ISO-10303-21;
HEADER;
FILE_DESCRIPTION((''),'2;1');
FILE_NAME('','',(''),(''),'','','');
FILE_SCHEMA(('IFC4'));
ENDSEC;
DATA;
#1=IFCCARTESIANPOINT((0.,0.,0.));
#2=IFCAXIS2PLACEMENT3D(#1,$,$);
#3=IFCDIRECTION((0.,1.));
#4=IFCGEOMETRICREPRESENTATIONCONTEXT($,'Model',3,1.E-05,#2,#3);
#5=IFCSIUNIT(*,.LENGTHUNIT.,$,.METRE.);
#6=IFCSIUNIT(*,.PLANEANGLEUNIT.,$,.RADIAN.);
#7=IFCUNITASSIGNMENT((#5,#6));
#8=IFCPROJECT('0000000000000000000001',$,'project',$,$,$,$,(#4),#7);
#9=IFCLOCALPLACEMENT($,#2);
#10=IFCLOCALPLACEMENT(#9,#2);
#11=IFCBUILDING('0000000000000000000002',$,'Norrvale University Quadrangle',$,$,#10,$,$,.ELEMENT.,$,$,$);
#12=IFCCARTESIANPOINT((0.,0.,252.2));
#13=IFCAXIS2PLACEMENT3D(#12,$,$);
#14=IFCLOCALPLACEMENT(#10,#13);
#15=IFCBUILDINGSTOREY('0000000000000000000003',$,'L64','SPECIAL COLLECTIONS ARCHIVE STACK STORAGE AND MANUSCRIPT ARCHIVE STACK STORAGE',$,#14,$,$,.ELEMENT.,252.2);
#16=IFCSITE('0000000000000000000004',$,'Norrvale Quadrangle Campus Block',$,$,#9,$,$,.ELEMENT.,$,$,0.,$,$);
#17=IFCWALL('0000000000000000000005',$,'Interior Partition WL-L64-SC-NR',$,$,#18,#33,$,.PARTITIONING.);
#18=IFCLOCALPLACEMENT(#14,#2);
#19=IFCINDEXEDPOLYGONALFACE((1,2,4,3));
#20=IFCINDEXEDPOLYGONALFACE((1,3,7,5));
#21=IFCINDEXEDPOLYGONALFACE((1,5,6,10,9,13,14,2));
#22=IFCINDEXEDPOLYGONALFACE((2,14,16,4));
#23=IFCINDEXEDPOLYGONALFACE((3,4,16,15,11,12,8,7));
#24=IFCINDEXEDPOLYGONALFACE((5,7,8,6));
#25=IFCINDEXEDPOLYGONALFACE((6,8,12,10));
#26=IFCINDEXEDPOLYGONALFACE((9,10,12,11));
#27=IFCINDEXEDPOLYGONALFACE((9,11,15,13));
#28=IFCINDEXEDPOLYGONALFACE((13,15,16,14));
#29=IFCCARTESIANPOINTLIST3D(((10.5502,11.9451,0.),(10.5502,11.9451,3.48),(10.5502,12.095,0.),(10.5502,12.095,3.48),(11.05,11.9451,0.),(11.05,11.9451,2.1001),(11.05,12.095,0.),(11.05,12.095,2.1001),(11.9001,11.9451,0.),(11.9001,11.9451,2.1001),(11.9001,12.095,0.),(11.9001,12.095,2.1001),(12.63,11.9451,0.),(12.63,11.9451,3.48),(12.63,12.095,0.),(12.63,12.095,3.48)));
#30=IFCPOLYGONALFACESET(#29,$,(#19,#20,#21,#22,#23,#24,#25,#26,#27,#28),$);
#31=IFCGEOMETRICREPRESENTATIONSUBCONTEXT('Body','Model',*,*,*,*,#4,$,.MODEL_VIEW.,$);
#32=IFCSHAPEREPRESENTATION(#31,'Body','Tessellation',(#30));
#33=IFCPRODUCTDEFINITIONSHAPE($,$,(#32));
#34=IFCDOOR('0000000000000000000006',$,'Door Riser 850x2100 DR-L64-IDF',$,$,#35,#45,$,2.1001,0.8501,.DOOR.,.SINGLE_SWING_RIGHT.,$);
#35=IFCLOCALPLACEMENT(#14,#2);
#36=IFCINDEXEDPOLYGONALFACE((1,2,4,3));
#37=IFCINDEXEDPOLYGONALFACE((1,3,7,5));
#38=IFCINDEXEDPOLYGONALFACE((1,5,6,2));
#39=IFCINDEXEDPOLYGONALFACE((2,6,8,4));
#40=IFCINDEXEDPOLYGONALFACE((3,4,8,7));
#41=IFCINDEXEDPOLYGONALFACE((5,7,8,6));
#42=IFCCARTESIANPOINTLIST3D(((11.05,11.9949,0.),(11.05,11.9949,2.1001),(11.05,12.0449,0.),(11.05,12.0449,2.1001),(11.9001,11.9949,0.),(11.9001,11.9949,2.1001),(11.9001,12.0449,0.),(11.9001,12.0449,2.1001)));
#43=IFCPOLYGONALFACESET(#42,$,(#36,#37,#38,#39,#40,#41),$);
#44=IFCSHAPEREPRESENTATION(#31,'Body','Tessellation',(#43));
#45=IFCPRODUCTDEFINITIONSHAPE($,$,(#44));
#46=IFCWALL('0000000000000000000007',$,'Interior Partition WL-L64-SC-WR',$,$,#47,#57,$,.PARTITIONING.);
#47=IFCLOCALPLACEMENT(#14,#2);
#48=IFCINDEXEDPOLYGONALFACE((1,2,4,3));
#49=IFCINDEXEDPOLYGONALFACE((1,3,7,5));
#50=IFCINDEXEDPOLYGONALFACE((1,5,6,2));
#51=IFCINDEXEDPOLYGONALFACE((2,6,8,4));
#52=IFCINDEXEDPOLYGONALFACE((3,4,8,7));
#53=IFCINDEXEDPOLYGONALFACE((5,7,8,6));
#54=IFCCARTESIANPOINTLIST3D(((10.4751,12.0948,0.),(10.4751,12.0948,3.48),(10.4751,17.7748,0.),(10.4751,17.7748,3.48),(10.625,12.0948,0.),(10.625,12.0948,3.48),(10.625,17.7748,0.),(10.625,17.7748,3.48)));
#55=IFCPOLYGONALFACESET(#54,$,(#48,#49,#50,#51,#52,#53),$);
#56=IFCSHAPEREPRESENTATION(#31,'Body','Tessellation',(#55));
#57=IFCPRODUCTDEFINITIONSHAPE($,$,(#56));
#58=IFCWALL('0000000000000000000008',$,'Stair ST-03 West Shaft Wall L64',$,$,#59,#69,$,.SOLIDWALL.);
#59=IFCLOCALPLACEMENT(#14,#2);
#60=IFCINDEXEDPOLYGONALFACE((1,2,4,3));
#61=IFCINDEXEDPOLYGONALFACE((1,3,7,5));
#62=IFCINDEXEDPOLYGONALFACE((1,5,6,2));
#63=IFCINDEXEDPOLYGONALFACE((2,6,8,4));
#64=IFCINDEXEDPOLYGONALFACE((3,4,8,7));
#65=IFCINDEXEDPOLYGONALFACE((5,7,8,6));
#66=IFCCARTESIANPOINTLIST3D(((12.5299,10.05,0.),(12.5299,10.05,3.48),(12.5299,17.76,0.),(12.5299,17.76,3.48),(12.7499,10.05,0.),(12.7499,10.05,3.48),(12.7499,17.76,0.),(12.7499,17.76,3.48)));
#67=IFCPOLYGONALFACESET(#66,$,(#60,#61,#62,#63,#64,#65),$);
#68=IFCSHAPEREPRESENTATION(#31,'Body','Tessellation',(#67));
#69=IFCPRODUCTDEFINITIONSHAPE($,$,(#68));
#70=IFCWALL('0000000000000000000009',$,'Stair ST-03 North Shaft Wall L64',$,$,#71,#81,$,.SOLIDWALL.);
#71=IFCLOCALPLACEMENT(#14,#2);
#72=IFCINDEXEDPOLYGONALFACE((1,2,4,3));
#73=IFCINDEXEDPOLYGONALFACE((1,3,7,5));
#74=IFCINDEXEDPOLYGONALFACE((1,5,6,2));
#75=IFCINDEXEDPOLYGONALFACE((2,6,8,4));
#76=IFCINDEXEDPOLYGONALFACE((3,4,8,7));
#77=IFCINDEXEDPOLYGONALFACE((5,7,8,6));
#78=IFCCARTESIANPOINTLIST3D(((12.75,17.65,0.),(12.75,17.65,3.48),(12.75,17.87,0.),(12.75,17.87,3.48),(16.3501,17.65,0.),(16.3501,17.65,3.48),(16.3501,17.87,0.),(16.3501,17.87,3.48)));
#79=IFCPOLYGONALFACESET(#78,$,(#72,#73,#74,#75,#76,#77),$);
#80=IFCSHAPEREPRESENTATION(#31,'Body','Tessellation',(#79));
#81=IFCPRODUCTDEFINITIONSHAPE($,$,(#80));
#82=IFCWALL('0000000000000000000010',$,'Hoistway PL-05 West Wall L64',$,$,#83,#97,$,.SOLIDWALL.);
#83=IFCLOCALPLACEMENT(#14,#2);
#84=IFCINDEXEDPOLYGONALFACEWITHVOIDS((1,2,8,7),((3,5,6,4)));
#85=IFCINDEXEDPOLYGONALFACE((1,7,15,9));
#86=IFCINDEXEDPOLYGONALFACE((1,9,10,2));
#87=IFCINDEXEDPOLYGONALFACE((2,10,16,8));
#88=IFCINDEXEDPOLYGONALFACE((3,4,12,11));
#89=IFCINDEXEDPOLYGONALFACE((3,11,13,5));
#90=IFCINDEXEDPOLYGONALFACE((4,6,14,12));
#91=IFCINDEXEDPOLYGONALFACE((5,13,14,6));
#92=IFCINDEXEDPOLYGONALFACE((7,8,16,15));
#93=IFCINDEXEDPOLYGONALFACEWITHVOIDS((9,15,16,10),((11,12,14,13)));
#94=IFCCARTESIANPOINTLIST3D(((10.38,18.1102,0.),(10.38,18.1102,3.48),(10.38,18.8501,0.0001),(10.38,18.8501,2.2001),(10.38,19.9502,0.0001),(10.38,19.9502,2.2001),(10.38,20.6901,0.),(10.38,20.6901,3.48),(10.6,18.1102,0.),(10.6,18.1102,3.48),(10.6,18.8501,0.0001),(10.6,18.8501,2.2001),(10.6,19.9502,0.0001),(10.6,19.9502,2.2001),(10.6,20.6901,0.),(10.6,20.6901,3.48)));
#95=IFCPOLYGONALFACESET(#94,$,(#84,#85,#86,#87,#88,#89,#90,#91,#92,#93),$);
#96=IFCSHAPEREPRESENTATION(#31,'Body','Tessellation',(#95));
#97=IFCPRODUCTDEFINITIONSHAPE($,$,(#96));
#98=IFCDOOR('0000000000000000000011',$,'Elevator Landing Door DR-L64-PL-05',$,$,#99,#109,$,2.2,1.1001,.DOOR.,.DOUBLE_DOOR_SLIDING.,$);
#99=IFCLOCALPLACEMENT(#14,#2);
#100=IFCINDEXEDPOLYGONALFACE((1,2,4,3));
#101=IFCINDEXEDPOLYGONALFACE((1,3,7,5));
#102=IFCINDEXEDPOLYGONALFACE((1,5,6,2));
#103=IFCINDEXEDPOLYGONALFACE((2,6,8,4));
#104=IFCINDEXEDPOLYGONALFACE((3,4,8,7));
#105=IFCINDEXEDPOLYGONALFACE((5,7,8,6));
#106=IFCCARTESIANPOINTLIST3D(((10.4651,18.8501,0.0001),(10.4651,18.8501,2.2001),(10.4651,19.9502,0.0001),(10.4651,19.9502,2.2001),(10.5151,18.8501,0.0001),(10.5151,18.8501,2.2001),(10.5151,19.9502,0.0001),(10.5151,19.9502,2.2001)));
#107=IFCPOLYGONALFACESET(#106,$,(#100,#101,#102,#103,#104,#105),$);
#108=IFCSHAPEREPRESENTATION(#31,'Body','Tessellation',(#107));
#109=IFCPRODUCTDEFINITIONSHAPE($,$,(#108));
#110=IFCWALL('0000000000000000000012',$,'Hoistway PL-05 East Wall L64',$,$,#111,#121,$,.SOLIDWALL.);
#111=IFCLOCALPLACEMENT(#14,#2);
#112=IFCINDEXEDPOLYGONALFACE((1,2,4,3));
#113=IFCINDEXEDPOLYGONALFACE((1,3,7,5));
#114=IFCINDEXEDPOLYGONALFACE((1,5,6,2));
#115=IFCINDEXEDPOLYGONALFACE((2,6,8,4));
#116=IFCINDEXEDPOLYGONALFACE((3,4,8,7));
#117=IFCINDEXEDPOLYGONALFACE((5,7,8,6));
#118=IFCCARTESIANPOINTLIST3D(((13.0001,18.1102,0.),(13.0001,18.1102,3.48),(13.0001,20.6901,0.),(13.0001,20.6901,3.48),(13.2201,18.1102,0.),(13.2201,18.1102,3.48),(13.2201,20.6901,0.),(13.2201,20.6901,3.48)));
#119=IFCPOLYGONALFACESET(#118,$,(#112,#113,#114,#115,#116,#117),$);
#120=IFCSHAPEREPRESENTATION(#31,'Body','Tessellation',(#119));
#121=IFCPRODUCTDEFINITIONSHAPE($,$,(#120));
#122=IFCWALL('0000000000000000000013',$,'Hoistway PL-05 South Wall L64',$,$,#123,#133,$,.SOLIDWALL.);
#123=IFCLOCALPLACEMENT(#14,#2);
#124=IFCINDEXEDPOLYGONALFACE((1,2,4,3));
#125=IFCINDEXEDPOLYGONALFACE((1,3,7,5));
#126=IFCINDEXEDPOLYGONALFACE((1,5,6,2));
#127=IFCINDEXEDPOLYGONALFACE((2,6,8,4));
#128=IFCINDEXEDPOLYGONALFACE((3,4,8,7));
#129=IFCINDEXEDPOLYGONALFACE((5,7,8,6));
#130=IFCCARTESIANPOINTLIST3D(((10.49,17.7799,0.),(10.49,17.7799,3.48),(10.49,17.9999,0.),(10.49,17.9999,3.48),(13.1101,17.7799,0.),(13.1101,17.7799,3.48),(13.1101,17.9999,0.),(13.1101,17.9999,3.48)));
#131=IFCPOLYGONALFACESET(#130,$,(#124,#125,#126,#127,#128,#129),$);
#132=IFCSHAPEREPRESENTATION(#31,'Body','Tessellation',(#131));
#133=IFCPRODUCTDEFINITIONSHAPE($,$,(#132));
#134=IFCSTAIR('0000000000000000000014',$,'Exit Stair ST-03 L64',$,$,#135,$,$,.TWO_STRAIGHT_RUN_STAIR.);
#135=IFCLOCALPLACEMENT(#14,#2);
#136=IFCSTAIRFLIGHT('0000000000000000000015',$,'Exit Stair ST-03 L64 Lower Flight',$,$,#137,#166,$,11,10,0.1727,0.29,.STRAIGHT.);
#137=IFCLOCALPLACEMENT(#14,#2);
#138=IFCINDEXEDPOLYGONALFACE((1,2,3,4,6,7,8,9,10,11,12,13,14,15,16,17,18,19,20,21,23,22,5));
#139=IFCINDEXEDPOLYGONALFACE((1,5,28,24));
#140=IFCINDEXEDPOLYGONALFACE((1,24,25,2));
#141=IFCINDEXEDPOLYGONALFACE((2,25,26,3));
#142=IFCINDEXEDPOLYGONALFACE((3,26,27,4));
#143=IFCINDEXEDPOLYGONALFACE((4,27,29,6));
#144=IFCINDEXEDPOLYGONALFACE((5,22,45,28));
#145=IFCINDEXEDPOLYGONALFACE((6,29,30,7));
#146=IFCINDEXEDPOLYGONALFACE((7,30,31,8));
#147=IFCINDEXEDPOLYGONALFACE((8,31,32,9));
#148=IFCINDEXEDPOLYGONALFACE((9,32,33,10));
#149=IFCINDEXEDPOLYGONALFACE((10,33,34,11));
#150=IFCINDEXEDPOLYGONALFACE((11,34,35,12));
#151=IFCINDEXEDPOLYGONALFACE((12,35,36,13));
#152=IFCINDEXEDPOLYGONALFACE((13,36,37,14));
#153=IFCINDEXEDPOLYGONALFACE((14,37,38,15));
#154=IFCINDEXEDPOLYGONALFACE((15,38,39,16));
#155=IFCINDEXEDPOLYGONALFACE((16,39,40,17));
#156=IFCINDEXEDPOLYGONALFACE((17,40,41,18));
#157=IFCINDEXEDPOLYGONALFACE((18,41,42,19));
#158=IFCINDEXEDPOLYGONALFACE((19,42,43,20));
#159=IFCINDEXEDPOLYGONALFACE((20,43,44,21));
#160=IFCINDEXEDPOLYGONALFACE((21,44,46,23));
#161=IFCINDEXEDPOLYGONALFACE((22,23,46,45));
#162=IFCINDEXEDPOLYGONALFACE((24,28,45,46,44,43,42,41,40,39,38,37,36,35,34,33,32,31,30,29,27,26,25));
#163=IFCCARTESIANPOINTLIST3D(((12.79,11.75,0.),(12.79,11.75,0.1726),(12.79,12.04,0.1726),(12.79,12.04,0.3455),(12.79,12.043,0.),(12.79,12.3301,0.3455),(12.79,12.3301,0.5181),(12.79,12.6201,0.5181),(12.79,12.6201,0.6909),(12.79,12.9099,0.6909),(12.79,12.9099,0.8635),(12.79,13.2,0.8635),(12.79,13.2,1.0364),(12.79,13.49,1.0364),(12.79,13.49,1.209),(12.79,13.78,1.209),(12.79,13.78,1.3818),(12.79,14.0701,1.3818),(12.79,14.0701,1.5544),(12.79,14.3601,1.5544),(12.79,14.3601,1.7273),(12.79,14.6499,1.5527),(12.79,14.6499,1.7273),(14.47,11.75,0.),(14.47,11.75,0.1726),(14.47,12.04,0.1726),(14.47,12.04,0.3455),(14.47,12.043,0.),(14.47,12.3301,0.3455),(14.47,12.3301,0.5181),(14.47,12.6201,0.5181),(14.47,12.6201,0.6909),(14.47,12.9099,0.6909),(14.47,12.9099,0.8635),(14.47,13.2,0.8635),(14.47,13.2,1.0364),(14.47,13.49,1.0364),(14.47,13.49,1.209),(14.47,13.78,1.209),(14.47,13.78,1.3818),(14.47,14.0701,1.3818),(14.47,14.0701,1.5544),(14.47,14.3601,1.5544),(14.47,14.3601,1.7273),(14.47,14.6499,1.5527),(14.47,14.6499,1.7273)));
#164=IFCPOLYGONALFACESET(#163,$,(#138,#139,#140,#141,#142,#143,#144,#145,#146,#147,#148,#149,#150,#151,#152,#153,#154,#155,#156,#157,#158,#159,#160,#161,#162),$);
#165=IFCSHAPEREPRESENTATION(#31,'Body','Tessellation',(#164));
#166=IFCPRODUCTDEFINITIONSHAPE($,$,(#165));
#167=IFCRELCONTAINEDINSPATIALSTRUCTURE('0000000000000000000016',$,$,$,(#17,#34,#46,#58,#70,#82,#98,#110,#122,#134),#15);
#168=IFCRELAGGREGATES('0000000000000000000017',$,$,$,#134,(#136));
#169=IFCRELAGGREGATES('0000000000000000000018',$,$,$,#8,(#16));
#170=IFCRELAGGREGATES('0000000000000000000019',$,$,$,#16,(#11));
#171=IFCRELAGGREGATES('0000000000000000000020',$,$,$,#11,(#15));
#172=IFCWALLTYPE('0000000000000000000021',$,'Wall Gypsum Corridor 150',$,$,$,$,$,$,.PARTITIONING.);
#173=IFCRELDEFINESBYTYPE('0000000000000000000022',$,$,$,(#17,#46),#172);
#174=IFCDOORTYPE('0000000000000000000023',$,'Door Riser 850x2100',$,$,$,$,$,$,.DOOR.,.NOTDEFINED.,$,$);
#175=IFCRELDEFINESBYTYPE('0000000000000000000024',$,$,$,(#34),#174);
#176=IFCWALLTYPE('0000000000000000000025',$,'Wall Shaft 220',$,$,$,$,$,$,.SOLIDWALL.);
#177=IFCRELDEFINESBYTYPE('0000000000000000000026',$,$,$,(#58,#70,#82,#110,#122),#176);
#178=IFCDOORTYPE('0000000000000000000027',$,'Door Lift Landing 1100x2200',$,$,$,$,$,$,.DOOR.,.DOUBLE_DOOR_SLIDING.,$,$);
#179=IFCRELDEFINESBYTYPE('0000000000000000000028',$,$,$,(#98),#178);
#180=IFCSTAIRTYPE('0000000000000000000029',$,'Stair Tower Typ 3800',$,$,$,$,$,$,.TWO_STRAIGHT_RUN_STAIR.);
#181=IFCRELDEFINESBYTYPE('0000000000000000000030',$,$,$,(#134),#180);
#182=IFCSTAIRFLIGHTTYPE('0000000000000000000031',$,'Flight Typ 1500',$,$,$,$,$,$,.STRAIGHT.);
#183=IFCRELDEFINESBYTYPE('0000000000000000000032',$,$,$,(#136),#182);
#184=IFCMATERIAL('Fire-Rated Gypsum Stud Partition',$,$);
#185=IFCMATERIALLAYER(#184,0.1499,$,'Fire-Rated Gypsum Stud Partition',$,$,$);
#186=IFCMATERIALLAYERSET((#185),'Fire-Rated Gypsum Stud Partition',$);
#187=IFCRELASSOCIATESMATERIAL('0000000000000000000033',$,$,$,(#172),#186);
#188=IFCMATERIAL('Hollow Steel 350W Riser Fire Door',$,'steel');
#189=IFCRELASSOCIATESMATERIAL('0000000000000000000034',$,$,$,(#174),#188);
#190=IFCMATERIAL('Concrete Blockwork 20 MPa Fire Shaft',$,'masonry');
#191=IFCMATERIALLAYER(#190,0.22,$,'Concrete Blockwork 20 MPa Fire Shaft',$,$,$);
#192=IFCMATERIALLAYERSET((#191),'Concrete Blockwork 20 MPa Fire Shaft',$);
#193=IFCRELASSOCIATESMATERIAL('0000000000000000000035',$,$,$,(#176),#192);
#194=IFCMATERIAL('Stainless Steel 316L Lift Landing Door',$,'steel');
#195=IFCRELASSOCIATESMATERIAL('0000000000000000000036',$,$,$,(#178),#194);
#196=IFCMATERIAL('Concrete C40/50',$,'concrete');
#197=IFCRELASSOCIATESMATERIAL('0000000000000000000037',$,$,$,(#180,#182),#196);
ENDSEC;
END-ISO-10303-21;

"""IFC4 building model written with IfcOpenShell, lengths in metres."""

from ifc_helpers import new_model, si_unit, direction, frame, frame_2d, origin, place, context, subcontext, project, spatial, polyline, rectangle, outline, extrude, material, layer, layer_set, type_object, element, fill, aggregate, save


model = new_model("IFC4")

# Units and contexts
model_context = context("Model", 3, precision=1e-05, world=origin(), true_north=direction((0.0, 1.0)))
body_context = subcontext(model_context, "Body", "Model", "MODEL_VIEW")
ifc_project = project(units=[si_unit("LENGTHUNIT", "METRE"), si_unit("PLANEANGLEUNIT", "RADIAN")], contexts=[model_context])

# Site, building, storey
site_placement = place(None, origin())
site = spatial("IfcSite", under=ifc_project, at=site_placement, Name="Norrvale Quadrangle Campus Block", CompositionType="ELEMENT", RefElevation=0.0)
building_placement = place(site_placement, origin())
building = spatial("IfcBuilding", under=site, at=building_placement, Name="Norrvale University Quadrangle", CompositionType="ELEMENT")
storey_placement = place(building_placement, frame((0.0, 0.0, 252.2)))
storey = spatial("IfcBuildingStorey", under=building, at=storey_placement, Name="L64", Description="SPECIAL COLLECTIONS ARCHIVE STACK STORAGE AND MANUSCRIPT ARCHIVE STACK STORAGE", CompositionType="ELEMENT", Elevation=252.2)

# Wall, opening, door
ifc_material_1 = material(Name="Fire-Rated Gypsum Stud Partition")
ifc_layer_1 = layer(ifc_material_1, 0.1499, Name="Fire-Rated Gypsum Stud Partition")
ifc_layer_set_1 = layer_set([ifc_layer_1], Name="Fire-Rated Gypsum Stud Partition")
wall_type_1 = type_object("IfcWallType", Name="Wall Gypsum Corridor 150", PredefinedType="PARTITIONING", material=ifc_layer_set_1)
wall_1_placement = place(storey_placement, frame((10.55, 12.02, 0.0), z_axis=(0.0, 0.0, 1.0), x_axis=(1.0, 0.0, 0.0)))
wall_1 = element("IfcWall", 1, at=wall_1_placement, inside=storey, type_object=wall_type_1, Name="Interior Partition WL-L64-SC-NR", PredefinedType="PARTITIONING", context=body_context, shape_type="SweptSolid", body=[
    extrude(rectangle(XDim=2.0798, YDim=0.1499, at=frame_2d((1.04, 0.0))), origin(), (0.0, 0.0, 1.0), 3.48),
])
opening_1_placement = place(wall_1_placement, frame((0.5, 0.0, 0.0)))
opening_1 = element("IfcOpeningElement", 2, at=opening_1_placement, cuts=wall_1, PredefinedType="OPENING", context=body_context, shape_type="SweptSolid", body=[
    extrude(rectangle(XDim=0.8501, YDim=2.1001, at=frame_2d((0.425, 1.05))), frame((0.0, 0.0869, 0.0), z_axis=(0.0, -1.0, 0.0), x_axis=(1.0, 0.0, 0.0)), (0.0, 0.0, 1.0), 0.1738),
])
ifc_material_2 = material(Name="Hollow Steel 350W Riser Fire Door", Category="steel")
door_type_1 = type_object("IfcDoorType", Name="Door Riser 850x2100", OperationType="NOTDEFINED", PredefinedType="DOOR", material=ifc_material_2)
door_1_placement = place(opening_1_placement, origin())
door_1 = element("IfcDoor", 3, at=door_1_placement, inside=storey, type_object=door_type_1, Name="Door Riser 850x2100 DR-L64-IDF", OperationType="SINGLE_SWING_RIGHT", OverallHeight=2.1001, OverallWidth=0.8501, PredefinedType="DOOR", context=body_context, shape_type="SweptSolid", body=[
    extrude(rectangle(XDim=0.8501, YDim=2.1001, at=frame_2d((0.425, 1.05))), frame((0.0, 0.0249, 0.0), z_axis=(0.0, -1.0, 0.0), x_axis=(1.0, 0.0, 0.0)), (0.0, 0.0, 1.0), 0.05),
])
fill(opening_1, door_1)

# Walls
wall_2_placement = place(storey_placement, frame((10.55, 12.095, 0.0), z_axis=(0.0, 0.0, 1.0), x_axis=(0.0, 1.0, 0.0)))
element("IfcWall", 4, at=wall_2_placement, inside=storey, type_object=wall_type_1, Name="Interior Partition WL-L64-SC-WR", PredefinedType="PARTITIONING", context=body_context, shape_type="SweptSolid", body=[
    extrude(rectangle(XDim=5.6799, YDim=0.1499, at=frame_2d((2.8398, 0.0))), origin(), (0.0, 0.0, 1.0), 3.48),
])
ifc_material_3 = material(Name="Concrete Blockwork 20 MPa Fire Shaft", Category="masonry")
ifc_layer_2 = layer(ifc_material_3, 0.22, Name="Concrete Blockwork 20 MPa Fire Shaft")
ifc_layer_set_2 = layer_set([ifc_layer_2], Name="Concrete Blockwork 20 MPa Fire Shaft")
wall_type_2 = type_object("IfcWallType", Name="Wall Shaft 220", PredefinedType="SOLIDWALL", material=ifc_layer_set_2)
wall_3_placement = place(storey_placement, frame((12.6399, 10.05, 0.0), z_axis=(0.0, 0.0, 1.0), x_axis=(0.0, 1.0, 0.0)))
element("IfcWall", 5, at=wall_3_placement, inside=storey, type_object=wall_type_2, Name="Stair ST-03 West Shaft Wall L64", PredefinedType="SOLIDWALL", context=body_context, shape_type="SweptSolid", body=[
    extrude(rectangle(XDim=7.71, YDim=0.22, at=frame_2d((3.855, 0.0))), origin(), (0.0, 0.0, 1.0), 3.48),
])
wall_4_placement = place(storey_placement, frame((12.75, 17.76, 0.0), z_axis=(0.0, 0.0, 1.0), x_axis=(1.0, 0.0, 0.0)))
element("IfcWall", 6, at=wall_4_placement, inside=storey, type_object=wall_type_2, Name="Stair ST-03 North Shaft Wall L64", PredefinedType="SOLIDWALL", context=body_context, shape_type="SweptSolid", body=[
    extrude(rectangle(XDim=3.6001, YDim=0.22, at=frame_2d((1.8, 0.0))), origin(), (0.0, 0.0, 1.0), 3.48),
])

# Wall, opening, door
wall_5_placement = place(storey_placement, frame((10.49, 18.1101, 0.0), z_axis=(0.0, 0.0, 1.0), x_axis=(0.0, 1.0, 0.0)))
wall_5 = element("IfcWall", 7, at=wall_5_placement, inside=storey, type_object=wall_type_2, Name="Hoistway PL-05 West Wall L64", PredefinedType="SOLIDWALL", context=body_context, shape_type="SweptSolid", body=[
    extrude(rectangle(XDim=2.5798, YDim=0.22, at=frame_2d((1.29, 0.0))), origin(), (0.0, 0.0, 1.0), 3.48),
])
opening_2_placement = place(wall_5_placement, frame((0.74, 0.0, 0.0)))
opening_2 = element("IfcOpeningElement", 8, at=opening_2_placement, cuts=wall_5, PredefinedType="OPENING", context=body_context, shape_type="SweptSolid", body=[
    extrude(rectangle(XDim=1.1001, YDim=2.2, at=frame_2d((0.55, 1.1001))), frame((0.0, 0.1221, 0.0), z_axis=(0.0, -1.0, 0.0), x_axis=(1.0, 0.0, 0.0)), (0.0, 0.0, 1.0), 0.2439),
])
ifc_material_4 = material(Name="Stainless Steel 316L Lift Landing Door", Category="steel")
door_type_2 = type_object("IfcDoorType", Name="Door Lift Landing 1100x2200", OperationType="DOUBLE_DOOR_SLIDING", PredefinedType="DOOR", material=ifc_material_4)
door_2_placement = place(opening_2_placement, origin())
door_2 = element("IfcDoor", 9, at=door_2_placement, inside=storey, type_object=door_type_2, Name="Elevator Landing Door DR-L64-PL-05", OperationType="DOUBLE_DOOR_SLIDING", OverallHeight=2.2, OverallWidth=1.1001, PredefinedType="DOOR", context=body_context, shape_type="SweptSolid", body=[
    extrude(rectangle(XDim=1.1001, YDim=2.2, at=frame_2d((0.55, 1.1001))), frame((0.0, 0.0249, 0.0), z_axis=(0.0, -1.0, 0.0), x_axis=(1.0, 0.0, 0.0)), (0.0, 0.0, 1.0), 0.05),
])
fill(opening_2, door_2)

# Walls
wall_6_placement = place(storey_placement, frame((13.1101, 18.1101, 0.0), z_axis=(0.0, 0.0, 1.0), x_axis=(0.0, 1.0, 0.0)))
element("IfcWall", 10, at=wall_6_placement, inside=storey, type_object=wall_type_2, Name="Hoistway PL-05 East Wall L64", PredefinedType="SOLIDWALL", context=body_context, shape_type="SweptSolid", body=[
    extrude(rectangle(XDim=2.5798, YDim=0.22, at=frame_2d((1.29, 0.0))), origin(), (0.0, 0.0, 1.0), 3.48),
])
wall_7_placement = place(storey_placement, frame((10.49, 17.8899, 0.0), z_axis=(0.0, 0.0, 1.0), x_axis=(1.0, 0.0, 0.0)))
element("IfcWall", 11, at=wall_7_placement, inside=storey, type_object=wall_type_2, Name="Hoistway PL-05 South Wall L64", PredefinedType="SOLIDWALL", context=body_context, shape_type="SweptSolid", body=[
    extrude(rectangle(XDim=2.6201, YDim=0.22, at=frame_2d((1.3101, 0.0))), origin(), (0.0, 0.0, 1.0), 3.48),
])

# Stair, stair flight
ifc_material_5 = material(Name="Concrete C40/50", Category="concrete")
stair_type = type_object("IfcStairType", Name="Stair Tower Typ 3800", PredefinedType="TWO_STRAIGHT_RUN_STAIR", material=ifc_material_5)
stair_placement = place(storey_placement, origin())
stair = element("IfcStair", 12, at=stair_placement, inside=storey, type_object=stair_type, Name="Exit Stair ST-03 L64", PredefinedType="TWO_STRAIGHT_RUN_STAIR")
stair_flight_type = type_object("IfcStairFlightType", Name="Flight Typ 1500", PredefinedType="STRAIGHT", material=ifc_material_5)
stair_flight_1_placement = place(storey_placement, frame((13.6299, 11.75, 0.0), z_axis=(0.0, 0.0, 1.0), x_axis=(0.0, 1.0, 0.0)))
stair_flight_1 = element("IfcStairFlight", 13, at=stair_flight_1_placement, type_object=stair_flight_type, Name="Exit Stair ST-03 L64 Lower Flight", NumberOfRisers=11, NumberOfTreads=10, PredefinedType="STRAIGHT", RiserHeight=0.1727, TreadLength=0.29, context=body_context, shape_type="SweptSolid", body=[
    extrude(outline(polyline([(0.0, 0.0), (0.0, 0.1726), (0.29, 0.1726), (0.29, 0.3455), (0.5801, 0.3455), (0.5801, 0.5181), (0.8701, 0.5181), (0.8701, 0.6909), (1.1599, 0.6909), (1.1599, 0.8635), (1.45, 0.8635), (1.45, 1.0364), (1.74, 1.0364), (1.74, 1.209), (2.03, 1.209), (2.03, 1.3818), (2.3201, 1.3818), (2.3201, 1.5544), (2.6101, 1.5544), (2.6101, 1.7273), (2.8999, 1.7273), (2.8999, 1.8999), (2.8999, 1.5527), (0.293, 0.0), (0.0, 0.0)])), frame((0.0, 0.8398, 0.0), z_axis=(0.0, -1.0, 0.0), x_axis=(1.0, 0.0, 0.0)), (0.0, 0.0, 1.0), 1.6799),
])
aggregate(stair, [stair_flight_1])

save(model, "model.ifc")
